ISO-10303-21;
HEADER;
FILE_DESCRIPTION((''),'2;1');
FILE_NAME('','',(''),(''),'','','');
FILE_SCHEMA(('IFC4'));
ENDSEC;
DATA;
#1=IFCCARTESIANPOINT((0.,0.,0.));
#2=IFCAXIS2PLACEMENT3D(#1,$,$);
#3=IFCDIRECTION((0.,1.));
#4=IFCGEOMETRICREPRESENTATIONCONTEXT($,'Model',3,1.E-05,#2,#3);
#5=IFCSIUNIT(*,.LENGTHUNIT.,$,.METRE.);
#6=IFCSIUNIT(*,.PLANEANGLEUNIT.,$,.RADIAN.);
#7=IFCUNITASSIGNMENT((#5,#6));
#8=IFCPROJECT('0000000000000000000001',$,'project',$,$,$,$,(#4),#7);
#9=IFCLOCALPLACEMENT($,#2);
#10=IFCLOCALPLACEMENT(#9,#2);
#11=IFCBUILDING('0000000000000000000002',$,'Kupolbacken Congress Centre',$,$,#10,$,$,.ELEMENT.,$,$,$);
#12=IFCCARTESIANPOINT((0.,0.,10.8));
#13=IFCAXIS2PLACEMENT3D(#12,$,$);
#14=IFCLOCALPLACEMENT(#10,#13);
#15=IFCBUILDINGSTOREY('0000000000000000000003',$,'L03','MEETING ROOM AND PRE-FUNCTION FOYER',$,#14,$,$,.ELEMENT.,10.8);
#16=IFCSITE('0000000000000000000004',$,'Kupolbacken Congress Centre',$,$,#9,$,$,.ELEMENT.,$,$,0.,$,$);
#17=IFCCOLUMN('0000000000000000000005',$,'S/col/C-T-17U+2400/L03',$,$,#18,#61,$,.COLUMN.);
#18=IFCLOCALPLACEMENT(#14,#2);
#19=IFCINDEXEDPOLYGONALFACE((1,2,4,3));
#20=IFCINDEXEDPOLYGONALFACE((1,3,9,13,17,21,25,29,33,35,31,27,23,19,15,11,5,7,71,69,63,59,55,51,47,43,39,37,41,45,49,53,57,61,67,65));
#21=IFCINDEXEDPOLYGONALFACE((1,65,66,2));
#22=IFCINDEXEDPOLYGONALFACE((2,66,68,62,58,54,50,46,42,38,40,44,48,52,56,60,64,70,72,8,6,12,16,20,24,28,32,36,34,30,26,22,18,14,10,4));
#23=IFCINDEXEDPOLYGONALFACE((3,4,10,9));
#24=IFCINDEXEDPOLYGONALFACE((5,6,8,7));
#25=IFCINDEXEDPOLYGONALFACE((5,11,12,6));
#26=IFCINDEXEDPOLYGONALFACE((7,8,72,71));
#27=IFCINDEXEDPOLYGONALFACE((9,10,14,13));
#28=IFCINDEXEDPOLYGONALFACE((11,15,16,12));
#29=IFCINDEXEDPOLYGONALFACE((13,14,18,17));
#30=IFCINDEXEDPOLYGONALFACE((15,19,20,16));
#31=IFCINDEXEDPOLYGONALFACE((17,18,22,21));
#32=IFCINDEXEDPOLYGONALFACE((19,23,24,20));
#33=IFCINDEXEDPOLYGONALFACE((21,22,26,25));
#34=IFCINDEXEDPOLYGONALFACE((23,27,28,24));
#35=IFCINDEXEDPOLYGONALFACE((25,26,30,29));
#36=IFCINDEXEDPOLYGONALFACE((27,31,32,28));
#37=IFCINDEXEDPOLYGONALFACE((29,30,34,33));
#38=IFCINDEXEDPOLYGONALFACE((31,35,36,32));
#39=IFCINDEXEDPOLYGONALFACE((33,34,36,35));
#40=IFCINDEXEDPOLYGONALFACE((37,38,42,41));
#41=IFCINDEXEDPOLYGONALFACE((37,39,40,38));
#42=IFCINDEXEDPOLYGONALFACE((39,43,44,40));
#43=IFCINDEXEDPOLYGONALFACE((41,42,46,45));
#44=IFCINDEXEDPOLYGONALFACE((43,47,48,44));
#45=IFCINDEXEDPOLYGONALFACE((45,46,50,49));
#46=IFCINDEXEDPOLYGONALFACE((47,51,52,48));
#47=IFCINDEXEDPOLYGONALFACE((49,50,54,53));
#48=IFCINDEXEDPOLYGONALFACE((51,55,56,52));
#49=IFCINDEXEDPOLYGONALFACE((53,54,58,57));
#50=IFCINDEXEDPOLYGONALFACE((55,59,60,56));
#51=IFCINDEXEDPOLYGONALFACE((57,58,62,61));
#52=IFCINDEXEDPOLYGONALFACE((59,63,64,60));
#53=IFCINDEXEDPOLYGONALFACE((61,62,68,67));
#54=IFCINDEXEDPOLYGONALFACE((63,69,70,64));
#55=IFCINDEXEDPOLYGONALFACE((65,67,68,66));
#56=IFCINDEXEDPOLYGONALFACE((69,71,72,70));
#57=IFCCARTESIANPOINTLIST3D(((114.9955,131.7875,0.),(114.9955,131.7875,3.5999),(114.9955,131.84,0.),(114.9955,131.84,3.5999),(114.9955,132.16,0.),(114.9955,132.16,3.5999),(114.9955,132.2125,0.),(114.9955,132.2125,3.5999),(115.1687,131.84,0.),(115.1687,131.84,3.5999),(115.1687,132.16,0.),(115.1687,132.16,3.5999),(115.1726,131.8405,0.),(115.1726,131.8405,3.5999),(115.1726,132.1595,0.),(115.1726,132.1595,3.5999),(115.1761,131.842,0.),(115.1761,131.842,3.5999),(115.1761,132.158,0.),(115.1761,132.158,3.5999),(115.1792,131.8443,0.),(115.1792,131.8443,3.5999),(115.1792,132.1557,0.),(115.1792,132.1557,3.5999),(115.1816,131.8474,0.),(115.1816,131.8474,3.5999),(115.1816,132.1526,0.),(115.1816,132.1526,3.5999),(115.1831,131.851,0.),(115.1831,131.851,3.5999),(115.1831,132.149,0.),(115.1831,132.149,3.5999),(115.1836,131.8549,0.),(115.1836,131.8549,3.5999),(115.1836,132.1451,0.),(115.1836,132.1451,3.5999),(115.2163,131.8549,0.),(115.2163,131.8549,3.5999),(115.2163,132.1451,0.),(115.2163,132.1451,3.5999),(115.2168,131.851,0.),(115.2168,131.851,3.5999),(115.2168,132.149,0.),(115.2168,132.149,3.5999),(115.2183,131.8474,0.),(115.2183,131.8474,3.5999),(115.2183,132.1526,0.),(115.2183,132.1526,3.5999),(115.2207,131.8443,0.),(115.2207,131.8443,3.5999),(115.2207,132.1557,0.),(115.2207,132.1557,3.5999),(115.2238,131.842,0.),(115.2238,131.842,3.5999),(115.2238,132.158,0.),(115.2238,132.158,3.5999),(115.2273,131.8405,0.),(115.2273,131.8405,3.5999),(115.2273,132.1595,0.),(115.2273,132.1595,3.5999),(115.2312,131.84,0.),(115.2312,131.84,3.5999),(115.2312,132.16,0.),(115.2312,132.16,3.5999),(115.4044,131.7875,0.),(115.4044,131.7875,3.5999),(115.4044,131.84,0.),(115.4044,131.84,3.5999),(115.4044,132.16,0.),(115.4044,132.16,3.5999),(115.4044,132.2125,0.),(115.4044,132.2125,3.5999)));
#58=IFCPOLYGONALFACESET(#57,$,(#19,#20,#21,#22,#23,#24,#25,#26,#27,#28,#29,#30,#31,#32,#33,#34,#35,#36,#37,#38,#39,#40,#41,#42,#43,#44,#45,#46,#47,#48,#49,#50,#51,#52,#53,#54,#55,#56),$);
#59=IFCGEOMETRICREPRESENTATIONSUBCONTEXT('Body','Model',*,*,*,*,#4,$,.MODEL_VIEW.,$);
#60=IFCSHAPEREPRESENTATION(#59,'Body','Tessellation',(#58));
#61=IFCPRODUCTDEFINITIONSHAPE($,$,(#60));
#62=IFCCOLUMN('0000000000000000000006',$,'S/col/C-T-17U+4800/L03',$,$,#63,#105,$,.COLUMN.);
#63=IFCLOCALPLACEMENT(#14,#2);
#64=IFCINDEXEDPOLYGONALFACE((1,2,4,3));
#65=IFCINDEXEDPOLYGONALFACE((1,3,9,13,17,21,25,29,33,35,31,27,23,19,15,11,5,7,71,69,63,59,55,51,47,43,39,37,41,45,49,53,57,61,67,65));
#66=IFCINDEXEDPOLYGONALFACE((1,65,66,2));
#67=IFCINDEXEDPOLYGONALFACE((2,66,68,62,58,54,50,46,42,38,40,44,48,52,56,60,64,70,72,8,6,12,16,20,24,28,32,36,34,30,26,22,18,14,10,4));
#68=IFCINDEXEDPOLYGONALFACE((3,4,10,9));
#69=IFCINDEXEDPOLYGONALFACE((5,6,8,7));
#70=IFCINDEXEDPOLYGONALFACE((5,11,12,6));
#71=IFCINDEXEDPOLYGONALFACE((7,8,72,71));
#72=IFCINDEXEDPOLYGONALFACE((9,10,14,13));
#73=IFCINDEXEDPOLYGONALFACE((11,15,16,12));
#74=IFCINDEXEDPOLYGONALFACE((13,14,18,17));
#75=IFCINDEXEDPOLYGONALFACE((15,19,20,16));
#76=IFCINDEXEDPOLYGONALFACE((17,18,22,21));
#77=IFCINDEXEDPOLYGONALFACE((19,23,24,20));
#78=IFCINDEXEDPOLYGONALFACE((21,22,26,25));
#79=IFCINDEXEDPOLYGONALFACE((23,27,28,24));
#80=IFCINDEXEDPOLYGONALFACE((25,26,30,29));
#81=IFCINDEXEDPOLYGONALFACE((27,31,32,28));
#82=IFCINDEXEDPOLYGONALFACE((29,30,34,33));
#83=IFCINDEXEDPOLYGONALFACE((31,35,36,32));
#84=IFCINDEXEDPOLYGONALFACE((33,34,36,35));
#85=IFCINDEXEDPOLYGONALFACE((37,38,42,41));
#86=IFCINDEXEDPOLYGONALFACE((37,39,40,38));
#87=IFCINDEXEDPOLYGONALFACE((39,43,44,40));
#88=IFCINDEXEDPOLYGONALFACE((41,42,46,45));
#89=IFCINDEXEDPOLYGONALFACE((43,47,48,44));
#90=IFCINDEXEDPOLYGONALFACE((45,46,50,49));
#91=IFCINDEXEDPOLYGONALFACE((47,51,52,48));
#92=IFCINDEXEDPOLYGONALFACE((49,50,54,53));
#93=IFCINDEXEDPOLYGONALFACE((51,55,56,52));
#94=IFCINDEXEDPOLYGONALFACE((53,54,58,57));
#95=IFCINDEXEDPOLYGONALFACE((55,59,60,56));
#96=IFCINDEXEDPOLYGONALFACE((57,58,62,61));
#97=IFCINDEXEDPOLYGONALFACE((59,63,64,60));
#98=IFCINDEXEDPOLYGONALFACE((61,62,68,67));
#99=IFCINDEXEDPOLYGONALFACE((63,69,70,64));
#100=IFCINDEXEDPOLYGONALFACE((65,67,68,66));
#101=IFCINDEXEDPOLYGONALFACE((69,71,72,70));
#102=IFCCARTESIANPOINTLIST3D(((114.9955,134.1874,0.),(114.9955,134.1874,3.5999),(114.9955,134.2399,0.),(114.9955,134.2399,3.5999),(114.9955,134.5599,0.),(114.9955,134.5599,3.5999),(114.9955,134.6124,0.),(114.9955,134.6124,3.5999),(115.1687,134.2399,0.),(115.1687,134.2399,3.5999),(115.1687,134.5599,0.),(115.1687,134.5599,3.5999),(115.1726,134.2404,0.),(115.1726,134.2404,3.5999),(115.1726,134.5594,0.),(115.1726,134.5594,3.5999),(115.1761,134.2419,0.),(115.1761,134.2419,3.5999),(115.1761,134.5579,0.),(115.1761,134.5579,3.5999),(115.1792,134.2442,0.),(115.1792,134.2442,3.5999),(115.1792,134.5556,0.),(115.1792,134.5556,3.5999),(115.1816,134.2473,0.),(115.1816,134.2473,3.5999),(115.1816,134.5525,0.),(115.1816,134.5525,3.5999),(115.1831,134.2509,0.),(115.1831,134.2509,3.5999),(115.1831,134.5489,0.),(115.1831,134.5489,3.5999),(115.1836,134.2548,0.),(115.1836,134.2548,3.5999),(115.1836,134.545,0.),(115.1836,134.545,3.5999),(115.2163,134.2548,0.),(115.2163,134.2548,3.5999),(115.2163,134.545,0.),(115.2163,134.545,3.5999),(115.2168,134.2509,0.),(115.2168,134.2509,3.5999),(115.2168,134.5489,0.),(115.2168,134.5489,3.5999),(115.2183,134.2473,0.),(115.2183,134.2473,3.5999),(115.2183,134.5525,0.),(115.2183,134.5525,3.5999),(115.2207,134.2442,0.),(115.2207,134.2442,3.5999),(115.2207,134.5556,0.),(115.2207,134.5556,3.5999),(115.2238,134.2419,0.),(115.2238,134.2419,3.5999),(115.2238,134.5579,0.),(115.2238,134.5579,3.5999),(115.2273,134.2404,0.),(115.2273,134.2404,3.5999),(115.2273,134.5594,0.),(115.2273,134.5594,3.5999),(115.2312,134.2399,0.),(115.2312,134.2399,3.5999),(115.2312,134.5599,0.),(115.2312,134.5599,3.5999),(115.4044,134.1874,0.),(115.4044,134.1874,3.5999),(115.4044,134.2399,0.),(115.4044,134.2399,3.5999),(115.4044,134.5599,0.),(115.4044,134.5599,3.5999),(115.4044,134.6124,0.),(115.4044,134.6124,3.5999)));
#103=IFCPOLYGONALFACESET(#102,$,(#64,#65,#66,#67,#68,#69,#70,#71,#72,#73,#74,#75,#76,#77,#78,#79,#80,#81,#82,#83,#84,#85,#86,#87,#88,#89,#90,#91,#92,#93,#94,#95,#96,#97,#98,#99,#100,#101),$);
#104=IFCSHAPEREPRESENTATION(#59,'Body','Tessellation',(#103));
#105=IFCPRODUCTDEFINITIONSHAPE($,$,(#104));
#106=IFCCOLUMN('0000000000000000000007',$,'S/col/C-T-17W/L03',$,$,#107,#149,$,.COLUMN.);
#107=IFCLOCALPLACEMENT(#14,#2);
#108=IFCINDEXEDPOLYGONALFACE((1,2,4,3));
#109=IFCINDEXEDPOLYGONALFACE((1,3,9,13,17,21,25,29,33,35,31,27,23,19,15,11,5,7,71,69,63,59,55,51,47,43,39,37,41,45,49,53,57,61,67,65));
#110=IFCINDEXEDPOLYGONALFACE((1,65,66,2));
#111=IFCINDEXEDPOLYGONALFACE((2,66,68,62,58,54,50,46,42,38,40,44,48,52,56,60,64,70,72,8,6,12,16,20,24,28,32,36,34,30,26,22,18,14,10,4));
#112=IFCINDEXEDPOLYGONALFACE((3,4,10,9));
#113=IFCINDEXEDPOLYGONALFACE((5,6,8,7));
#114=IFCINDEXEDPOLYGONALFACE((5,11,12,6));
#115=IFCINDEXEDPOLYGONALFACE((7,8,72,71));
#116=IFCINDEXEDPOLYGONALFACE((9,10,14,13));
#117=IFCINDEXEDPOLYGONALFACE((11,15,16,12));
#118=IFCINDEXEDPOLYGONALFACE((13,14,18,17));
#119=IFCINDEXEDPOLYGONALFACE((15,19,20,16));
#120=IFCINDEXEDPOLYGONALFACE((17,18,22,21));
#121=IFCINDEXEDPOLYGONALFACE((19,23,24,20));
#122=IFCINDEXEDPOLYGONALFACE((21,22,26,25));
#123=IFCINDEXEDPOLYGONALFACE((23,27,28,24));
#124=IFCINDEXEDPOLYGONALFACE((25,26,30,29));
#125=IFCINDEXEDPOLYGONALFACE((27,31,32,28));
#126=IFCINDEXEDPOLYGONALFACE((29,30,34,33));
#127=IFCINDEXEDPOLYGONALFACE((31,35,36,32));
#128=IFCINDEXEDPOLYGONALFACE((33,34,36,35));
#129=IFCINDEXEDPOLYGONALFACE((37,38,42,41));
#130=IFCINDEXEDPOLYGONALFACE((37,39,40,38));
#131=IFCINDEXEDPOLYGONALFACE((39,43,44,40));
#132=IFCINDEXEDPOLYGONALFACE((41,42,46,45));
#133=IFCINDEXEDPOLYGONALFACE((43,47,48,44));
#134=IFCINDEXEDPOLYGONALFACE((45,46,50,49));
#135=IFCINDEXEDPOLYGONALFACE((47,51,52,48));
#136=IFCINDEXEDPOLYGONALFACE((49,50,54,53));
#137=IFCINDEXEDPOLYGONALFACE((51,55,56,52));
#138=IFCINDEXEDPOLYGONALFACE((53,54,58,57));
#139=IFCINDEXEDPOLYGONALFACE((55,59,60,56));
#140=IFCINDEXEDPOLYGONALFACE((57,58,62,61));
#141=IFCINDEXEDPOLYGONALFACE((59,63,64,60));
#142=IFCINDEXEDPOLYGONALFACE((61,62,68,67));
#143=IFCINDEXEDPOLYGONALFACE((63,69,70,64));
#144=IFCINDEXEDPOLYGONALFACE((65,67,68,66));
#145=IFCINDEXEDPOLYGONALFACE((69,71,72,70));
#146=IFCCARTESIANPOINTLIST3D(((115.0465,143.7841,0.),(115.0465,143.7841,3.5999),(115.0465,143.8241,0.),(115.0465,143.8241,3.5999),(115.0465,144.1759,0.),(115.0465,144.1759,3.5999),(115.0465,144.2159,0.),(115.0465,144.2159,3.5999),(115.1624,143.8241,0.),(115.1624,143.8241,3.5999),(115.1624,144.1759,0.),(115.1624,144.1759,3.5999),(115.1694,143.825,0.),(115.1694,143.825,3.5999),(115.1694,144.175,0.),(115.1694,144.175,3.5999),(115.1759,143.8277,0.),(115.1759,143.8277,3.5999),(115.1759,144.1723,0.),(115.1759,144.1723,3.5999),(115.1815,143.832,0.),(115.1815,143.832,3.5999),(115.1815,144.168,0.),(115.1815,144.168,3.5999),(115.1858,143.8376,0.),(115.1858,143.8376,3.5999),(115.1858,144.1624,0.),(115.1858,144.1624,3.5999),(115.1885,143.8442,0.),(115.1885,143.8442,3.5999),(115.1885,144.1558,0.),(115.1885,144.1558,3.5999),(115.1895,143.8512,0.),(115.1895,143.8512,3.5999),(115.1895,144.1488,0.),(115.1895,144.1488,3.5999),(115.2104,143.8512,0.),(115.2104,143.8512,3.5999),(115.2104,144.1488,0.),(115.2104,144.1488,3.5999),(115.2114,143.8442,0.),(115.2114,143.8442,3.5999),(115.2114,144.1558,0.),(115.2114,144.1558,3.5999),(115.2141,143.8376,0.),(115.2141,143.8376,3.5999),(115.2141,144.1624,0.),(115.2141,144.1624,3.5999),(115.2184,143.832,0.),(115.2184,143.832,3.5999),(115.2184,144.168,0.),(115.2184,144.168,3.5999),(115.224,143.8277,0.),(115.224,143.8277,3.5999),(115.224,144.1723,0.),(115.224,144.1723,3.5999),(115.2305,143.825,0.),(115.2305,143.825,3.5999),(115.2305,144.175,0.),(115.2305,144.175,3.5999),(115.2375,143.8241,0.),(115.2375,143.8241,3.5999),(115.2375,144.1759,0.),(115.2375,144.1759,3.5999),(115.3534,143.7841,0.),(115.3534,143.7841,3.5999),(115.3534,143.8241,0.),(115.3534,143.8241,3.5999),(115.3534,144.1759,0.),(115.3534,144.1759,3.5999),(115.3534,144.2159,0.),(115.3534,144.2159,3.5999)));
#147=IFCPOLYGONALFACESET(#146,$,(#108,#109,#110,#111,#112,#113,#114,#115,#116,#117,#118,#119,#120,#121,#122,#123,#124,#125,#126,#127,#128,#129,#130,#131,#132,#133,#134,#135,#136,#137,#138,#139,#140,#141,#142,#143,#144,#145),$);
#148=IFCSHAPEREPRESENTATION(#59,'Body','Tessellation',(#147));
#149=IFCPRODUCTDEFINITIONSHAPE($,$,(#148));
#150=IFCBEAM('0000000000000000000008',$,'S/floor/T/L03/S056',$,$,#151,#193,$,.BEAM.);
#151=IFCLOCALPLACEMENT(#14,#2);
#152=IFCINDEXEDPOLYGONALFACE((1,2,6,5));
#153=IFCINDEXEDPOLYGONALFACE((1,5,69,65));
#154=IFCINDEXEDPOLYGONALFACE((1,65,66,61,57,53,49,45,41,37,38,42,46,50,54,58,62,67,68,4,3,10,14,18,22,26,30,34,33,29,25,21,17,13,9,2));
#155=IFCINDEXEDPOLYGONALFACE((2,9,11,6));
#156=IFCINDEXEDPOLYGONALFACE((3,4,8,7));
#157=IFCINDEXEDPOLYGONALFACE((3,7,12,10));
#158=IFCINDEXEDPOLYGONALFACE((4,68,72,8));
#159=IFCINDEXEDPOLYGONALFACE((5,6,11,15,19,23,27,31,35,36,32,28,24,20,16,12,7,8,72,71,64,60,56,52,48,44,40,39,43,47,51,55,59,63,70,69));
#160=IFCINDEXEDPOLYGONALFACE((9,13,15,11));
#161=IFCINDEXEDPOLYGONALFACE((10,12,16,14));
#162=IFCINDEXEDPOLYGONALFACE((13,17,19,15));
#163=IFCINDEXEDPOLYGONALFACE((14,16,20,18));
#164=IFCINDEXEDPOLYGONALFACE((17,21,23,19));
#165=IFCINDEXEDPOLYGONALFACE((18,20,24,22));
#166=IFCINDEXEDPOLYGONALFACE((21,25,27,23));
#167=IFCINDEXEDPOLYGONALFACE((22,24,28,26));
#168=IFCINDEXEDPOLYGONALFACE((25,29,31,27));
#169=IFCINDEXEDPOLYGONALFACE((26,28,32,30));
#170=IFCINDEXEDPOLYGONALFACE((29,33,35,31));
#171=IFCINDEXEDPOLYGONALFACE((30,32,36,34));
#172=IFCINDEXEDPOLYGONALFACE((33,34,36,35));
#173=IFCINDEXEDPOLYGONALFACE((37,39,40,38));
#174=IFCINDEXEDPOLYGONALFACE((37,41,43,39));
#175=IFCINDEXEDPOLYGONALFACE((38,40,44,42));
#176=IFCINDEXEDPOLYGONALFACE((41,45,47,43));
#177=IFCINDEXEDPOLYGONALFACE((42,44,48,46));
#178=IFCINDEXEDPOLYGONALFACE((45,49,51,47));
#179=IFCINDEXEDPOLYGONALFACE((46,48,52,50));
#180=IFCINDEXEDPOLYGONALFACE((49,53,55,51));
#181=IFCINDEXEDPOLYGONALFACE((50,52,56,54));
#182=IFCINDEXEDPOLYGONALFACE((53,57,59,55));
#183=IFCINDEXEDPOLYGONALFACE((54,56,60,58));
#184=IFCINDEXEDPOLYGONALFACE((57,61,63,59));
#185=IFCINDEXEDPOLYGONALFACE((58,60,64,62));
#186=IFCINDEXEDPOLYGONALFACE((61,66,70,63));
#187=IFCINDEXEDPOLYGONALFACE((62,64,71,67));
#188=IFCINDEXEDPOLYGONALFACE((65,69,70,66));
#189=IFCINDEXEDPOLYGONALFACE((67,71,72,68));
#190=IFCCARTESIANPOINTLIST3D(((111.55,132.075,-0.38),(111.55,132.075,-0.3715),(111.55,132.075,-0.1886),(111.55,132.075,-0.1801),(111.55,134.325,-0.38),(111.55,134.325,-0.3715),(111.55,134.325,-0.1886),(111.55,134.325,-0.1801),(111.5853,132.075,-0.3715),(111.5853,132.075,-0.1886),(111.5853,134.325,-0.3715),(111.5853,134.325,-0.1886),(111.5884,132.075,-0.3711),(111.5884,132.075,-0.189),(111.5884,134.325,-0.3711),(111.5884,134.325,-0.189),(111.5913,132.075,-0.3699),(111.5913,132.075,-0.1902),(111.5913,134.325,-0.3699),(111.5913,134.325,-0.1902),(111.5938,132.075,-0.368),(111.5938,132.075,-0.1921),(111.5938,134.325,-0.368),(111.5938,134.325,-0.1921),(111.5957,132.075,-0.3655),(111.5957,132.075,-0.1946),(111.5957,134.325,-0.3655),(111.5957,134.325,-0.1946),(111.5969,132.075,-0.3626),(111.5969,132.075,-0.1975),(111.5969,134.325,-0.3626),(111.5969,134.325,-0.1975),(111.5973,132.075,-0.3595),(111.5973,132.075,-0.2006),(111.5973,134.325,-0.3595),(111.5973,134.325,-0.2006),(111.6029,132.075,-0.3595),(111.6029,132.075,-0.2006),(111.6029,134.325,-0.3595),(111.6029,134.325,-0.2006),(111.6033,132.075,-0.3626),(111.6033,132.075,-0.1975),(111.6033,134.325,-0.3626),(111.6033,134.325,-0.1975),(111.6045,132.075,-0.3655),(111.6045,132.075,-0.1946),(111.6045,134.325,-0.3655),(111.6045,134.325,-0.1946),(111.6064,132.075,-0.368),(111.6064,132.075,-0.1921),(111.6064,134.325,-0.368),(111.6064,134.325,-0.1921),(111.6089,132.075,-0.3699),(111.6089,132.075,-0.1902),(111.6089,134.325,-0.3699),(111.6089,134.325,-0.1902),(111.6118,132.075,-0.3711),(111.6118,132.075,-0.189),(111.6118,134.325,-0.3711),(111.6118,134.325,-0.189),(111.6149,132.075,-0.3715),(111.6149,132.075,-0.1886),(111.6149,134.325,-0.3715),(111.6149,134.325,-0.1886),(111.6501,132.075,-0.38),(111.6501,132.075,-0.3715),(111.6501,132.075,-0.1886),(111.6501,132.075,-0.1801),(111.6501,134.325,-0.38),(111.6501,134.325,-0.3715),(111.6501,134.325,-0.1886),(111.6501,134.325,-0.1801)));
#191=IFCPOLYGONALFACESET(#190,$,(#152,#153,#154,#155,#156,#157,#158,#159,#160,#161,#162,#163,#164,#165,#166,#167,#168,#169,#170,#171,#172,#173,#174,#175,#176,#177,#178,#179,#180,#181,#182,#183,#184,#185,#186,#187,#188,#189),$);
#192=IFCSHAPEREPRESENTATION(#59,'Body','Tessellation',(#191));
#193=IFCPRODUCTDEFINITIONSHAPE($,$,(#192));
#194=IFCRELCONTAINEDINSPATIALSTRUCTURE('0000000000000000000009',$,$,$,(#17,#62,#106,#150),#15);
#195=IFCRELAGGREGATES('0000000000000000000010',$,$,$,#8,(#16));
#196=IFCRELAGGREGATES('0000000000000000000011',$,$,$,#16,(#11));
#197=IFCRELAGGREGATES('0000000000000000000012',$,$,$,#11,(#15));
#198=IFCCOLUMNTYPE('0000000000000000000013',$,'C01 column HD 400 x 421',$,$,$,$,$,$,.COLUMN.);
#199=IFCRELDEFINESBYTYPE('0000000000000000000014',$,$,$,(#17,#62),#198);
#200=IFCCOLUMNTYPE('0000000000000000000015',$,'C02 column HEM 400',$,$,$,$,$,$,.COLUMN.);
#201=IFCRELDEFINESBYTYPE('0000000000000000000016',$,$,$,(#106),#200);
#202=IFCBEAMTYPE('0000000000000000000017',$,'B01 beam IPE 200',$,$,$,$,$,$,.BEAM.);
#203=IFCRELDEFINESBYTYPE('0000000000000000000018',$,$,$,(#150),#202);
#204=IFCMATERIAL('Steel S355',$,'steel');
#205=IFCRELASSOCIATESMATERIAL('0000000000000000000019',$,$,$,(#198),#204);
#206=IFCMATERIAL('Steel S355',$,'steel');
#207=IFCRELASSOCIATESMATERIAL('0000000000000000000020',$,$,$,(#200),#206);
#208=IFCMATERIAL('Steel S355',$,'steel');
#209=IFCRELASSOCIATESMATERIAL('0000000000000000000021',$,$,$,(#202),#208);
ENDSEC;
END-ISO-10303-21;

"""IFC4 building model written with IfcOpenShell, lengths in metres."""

from ifc_helpers import new_model, si_unit, direction, frame, origin, origin_2d, place, context, subcontext, project, spatial, i_section, extrude, material, material_profile, profile_set, type_object, element, save


model = new_model("IFC4")

# Units and contexts
model_context = context("Model", 3, precision=1e-05, world=origin(), true_north=direction((0.0, 1.0)))
body_context = subcontext(model_context, "Body", "Model", "MODEL_VIEW")
ifc_project = project(units=[si_unit("LENGTHUNIT", "METRE"), si_unit("PLANEANGLEUNIT", "RADIAN")], contexts=[model_context])

# Site, building, storey
site_placement = place(None, origin())
site = spatial("IfcSite", under=ifc_project, at=site_placement, Name="Kupolbacken Congress Centre", CompositionType="ELEMENT", RefElevation=0.0)
building_placement = place(site_placement, origin())
building = spatial("IfcBuilding", under=site, at=building_placement, Name="Kupolbacken Congress Centre", CompositionType="ELEMENT")
storey_placement = place(building_placement, frame((0.0, 0.0, 10.8)))
storey = spatial("IfcBuildingStorey", under=building, at=storey_placement, Name="L03", Description="MEETING ROOM AND PRE-FUNCTION FOYER", CompositionType="ELEMENT", Elevation=10.8)

# Columns
ifc_material_1 = material(Name="Steel S355", Category="steel")
ifc_material_profile_1 = material_profile(ifc_material_1, i_section(OverallWidth=0.4089, OverallDepth=0.425, WebThickness=0.0327, FlangeThickness=0.0525, FilletRadius=0.0149, at=origin_2d()), Name="HD 400 x 421")
ifc_profile_set_1 = profile_set([ifc_material_profile_1], Name="Steel S355")
column_type_1 = type_object("IfcColumnType", Name="C01 column HD 400 x 421", PredefinedType="COLUMN", material=ifc_profile_set_1)
for number, where, z_axis, x_axis, name in (
    (1, (115.2, 132.0, 0.0), (0.0, 0.0, 1.0), (1.0, 0.0, 0.0), "S/col/C-T-17U+2400/L03"),
    (2, (115.2, 134.3999, 0.0), (0.0, 0.0, 1.0), (1.0, 0.0, 0.0), "S/col/C-T-17U+4800/L03"),
):
    element("IfcColumn", number, at=place(storey_placement, frame(where, z_axis=z_axis, x_axis=x_axis)), inside=storey, type_object=column_type_1, Name=name, PredefinedType="COLUMN", context=body_context, shape_type="SweptSolid", body=[
        extrude(i_section(OverallWidth=0.4089, OverallDepth=0.425, WebThickness=0.0327, FlangeThickness=0.0525, FilletRadius=0.0149, at=origin_2d()), origin(), (0.0, 0.0, 1.0), 3.5999),
    ])
ifc_material_2 = material(Name="Steel S355", Category="steel")
ifc_material_profile_2 = material_profile(ifc_material_2, i_section(OverallWidth=0.3069, OverallDepth=0.4319, WebThickness=0.021, FlangeThickness=0.04, FilletRadius=0.0271, at=origin_2d()), Name="HEM 400")
ifc_profile_set_2 = profile_set([ifc_material_profile_2], Name="Steel S355")
column_type_2 = type_object("IfcColumnType", Name="C02 column HEM 400", PredefinedType="COLUMN", material=ifc_profile_set_2)
column_placement = place(storey_placement, frame((115.2, 144.0, 0.0), z_axis=(0.0, 0.0, 1.0), x_axis=(1.0, 0.0, 0.0)))
element("IfcColumn", 3, at=column_placement, inside=storey, type_object=column_type_2, Name="S/col/C-T-17W/L03", PredefinedType="COLUMN", context=body_context, shape_type="SweptSolid", body=[
    extrude(i_section(OverallWidth=0.3069, OverallDepth=0.4319, WebThickness=0.021, FlangeThickness=0.04, FilletRadius=0.0271, at=origin_2d()), origin(), (0.0, 0.0, 1.0), 3.5999),
])

# Beam
ifc_material_3 = material(Name="Steel S355", Category="steel")
ifc_material_profile_3 = material_profile(ifc_material_3, i_section(OverallWidth=0.1001, OverallDepth=0.2, WebThickness=0.0056, FlangeThickness=0.0085, FilletRadius=0.012, at=origin_2d()), Name="IPE 200")
ifc_profile_set_3 = profile_set([ifc_material_profile_3], Name="Steel S355")
beam_type_1 = type_object("IfcBeamType", Name="B01 beam IPE 200", PredefinedType="BEAM", material=ifc_profile_set_3)
beam_1_placement = place(storey_placement, frame((111.6001, 132.075, -0.28), z_axis=(0.0, 1.0, 0.0), x_axis=(-1.0, 0.0, 0.0)))
element("IfcBeam", 4, at=beam_1_placement, inside=storey, type_object=beam_type_1, Name="S/floor/T/L03/S056", PredefinedType="BEAM", context=body_context, shape_type="SweptSolid", body=[
    extrude(i_section(OverallWidth=0.1001, OverallDepth=0.2, WebThickness=0.0056, FlangeThickness=0.0085, FilletRadius=0.012, at=origin_2d()), origin(), (0.0, 0.0, 1.0), 2.25),
])

save(model, "model.ifc")
